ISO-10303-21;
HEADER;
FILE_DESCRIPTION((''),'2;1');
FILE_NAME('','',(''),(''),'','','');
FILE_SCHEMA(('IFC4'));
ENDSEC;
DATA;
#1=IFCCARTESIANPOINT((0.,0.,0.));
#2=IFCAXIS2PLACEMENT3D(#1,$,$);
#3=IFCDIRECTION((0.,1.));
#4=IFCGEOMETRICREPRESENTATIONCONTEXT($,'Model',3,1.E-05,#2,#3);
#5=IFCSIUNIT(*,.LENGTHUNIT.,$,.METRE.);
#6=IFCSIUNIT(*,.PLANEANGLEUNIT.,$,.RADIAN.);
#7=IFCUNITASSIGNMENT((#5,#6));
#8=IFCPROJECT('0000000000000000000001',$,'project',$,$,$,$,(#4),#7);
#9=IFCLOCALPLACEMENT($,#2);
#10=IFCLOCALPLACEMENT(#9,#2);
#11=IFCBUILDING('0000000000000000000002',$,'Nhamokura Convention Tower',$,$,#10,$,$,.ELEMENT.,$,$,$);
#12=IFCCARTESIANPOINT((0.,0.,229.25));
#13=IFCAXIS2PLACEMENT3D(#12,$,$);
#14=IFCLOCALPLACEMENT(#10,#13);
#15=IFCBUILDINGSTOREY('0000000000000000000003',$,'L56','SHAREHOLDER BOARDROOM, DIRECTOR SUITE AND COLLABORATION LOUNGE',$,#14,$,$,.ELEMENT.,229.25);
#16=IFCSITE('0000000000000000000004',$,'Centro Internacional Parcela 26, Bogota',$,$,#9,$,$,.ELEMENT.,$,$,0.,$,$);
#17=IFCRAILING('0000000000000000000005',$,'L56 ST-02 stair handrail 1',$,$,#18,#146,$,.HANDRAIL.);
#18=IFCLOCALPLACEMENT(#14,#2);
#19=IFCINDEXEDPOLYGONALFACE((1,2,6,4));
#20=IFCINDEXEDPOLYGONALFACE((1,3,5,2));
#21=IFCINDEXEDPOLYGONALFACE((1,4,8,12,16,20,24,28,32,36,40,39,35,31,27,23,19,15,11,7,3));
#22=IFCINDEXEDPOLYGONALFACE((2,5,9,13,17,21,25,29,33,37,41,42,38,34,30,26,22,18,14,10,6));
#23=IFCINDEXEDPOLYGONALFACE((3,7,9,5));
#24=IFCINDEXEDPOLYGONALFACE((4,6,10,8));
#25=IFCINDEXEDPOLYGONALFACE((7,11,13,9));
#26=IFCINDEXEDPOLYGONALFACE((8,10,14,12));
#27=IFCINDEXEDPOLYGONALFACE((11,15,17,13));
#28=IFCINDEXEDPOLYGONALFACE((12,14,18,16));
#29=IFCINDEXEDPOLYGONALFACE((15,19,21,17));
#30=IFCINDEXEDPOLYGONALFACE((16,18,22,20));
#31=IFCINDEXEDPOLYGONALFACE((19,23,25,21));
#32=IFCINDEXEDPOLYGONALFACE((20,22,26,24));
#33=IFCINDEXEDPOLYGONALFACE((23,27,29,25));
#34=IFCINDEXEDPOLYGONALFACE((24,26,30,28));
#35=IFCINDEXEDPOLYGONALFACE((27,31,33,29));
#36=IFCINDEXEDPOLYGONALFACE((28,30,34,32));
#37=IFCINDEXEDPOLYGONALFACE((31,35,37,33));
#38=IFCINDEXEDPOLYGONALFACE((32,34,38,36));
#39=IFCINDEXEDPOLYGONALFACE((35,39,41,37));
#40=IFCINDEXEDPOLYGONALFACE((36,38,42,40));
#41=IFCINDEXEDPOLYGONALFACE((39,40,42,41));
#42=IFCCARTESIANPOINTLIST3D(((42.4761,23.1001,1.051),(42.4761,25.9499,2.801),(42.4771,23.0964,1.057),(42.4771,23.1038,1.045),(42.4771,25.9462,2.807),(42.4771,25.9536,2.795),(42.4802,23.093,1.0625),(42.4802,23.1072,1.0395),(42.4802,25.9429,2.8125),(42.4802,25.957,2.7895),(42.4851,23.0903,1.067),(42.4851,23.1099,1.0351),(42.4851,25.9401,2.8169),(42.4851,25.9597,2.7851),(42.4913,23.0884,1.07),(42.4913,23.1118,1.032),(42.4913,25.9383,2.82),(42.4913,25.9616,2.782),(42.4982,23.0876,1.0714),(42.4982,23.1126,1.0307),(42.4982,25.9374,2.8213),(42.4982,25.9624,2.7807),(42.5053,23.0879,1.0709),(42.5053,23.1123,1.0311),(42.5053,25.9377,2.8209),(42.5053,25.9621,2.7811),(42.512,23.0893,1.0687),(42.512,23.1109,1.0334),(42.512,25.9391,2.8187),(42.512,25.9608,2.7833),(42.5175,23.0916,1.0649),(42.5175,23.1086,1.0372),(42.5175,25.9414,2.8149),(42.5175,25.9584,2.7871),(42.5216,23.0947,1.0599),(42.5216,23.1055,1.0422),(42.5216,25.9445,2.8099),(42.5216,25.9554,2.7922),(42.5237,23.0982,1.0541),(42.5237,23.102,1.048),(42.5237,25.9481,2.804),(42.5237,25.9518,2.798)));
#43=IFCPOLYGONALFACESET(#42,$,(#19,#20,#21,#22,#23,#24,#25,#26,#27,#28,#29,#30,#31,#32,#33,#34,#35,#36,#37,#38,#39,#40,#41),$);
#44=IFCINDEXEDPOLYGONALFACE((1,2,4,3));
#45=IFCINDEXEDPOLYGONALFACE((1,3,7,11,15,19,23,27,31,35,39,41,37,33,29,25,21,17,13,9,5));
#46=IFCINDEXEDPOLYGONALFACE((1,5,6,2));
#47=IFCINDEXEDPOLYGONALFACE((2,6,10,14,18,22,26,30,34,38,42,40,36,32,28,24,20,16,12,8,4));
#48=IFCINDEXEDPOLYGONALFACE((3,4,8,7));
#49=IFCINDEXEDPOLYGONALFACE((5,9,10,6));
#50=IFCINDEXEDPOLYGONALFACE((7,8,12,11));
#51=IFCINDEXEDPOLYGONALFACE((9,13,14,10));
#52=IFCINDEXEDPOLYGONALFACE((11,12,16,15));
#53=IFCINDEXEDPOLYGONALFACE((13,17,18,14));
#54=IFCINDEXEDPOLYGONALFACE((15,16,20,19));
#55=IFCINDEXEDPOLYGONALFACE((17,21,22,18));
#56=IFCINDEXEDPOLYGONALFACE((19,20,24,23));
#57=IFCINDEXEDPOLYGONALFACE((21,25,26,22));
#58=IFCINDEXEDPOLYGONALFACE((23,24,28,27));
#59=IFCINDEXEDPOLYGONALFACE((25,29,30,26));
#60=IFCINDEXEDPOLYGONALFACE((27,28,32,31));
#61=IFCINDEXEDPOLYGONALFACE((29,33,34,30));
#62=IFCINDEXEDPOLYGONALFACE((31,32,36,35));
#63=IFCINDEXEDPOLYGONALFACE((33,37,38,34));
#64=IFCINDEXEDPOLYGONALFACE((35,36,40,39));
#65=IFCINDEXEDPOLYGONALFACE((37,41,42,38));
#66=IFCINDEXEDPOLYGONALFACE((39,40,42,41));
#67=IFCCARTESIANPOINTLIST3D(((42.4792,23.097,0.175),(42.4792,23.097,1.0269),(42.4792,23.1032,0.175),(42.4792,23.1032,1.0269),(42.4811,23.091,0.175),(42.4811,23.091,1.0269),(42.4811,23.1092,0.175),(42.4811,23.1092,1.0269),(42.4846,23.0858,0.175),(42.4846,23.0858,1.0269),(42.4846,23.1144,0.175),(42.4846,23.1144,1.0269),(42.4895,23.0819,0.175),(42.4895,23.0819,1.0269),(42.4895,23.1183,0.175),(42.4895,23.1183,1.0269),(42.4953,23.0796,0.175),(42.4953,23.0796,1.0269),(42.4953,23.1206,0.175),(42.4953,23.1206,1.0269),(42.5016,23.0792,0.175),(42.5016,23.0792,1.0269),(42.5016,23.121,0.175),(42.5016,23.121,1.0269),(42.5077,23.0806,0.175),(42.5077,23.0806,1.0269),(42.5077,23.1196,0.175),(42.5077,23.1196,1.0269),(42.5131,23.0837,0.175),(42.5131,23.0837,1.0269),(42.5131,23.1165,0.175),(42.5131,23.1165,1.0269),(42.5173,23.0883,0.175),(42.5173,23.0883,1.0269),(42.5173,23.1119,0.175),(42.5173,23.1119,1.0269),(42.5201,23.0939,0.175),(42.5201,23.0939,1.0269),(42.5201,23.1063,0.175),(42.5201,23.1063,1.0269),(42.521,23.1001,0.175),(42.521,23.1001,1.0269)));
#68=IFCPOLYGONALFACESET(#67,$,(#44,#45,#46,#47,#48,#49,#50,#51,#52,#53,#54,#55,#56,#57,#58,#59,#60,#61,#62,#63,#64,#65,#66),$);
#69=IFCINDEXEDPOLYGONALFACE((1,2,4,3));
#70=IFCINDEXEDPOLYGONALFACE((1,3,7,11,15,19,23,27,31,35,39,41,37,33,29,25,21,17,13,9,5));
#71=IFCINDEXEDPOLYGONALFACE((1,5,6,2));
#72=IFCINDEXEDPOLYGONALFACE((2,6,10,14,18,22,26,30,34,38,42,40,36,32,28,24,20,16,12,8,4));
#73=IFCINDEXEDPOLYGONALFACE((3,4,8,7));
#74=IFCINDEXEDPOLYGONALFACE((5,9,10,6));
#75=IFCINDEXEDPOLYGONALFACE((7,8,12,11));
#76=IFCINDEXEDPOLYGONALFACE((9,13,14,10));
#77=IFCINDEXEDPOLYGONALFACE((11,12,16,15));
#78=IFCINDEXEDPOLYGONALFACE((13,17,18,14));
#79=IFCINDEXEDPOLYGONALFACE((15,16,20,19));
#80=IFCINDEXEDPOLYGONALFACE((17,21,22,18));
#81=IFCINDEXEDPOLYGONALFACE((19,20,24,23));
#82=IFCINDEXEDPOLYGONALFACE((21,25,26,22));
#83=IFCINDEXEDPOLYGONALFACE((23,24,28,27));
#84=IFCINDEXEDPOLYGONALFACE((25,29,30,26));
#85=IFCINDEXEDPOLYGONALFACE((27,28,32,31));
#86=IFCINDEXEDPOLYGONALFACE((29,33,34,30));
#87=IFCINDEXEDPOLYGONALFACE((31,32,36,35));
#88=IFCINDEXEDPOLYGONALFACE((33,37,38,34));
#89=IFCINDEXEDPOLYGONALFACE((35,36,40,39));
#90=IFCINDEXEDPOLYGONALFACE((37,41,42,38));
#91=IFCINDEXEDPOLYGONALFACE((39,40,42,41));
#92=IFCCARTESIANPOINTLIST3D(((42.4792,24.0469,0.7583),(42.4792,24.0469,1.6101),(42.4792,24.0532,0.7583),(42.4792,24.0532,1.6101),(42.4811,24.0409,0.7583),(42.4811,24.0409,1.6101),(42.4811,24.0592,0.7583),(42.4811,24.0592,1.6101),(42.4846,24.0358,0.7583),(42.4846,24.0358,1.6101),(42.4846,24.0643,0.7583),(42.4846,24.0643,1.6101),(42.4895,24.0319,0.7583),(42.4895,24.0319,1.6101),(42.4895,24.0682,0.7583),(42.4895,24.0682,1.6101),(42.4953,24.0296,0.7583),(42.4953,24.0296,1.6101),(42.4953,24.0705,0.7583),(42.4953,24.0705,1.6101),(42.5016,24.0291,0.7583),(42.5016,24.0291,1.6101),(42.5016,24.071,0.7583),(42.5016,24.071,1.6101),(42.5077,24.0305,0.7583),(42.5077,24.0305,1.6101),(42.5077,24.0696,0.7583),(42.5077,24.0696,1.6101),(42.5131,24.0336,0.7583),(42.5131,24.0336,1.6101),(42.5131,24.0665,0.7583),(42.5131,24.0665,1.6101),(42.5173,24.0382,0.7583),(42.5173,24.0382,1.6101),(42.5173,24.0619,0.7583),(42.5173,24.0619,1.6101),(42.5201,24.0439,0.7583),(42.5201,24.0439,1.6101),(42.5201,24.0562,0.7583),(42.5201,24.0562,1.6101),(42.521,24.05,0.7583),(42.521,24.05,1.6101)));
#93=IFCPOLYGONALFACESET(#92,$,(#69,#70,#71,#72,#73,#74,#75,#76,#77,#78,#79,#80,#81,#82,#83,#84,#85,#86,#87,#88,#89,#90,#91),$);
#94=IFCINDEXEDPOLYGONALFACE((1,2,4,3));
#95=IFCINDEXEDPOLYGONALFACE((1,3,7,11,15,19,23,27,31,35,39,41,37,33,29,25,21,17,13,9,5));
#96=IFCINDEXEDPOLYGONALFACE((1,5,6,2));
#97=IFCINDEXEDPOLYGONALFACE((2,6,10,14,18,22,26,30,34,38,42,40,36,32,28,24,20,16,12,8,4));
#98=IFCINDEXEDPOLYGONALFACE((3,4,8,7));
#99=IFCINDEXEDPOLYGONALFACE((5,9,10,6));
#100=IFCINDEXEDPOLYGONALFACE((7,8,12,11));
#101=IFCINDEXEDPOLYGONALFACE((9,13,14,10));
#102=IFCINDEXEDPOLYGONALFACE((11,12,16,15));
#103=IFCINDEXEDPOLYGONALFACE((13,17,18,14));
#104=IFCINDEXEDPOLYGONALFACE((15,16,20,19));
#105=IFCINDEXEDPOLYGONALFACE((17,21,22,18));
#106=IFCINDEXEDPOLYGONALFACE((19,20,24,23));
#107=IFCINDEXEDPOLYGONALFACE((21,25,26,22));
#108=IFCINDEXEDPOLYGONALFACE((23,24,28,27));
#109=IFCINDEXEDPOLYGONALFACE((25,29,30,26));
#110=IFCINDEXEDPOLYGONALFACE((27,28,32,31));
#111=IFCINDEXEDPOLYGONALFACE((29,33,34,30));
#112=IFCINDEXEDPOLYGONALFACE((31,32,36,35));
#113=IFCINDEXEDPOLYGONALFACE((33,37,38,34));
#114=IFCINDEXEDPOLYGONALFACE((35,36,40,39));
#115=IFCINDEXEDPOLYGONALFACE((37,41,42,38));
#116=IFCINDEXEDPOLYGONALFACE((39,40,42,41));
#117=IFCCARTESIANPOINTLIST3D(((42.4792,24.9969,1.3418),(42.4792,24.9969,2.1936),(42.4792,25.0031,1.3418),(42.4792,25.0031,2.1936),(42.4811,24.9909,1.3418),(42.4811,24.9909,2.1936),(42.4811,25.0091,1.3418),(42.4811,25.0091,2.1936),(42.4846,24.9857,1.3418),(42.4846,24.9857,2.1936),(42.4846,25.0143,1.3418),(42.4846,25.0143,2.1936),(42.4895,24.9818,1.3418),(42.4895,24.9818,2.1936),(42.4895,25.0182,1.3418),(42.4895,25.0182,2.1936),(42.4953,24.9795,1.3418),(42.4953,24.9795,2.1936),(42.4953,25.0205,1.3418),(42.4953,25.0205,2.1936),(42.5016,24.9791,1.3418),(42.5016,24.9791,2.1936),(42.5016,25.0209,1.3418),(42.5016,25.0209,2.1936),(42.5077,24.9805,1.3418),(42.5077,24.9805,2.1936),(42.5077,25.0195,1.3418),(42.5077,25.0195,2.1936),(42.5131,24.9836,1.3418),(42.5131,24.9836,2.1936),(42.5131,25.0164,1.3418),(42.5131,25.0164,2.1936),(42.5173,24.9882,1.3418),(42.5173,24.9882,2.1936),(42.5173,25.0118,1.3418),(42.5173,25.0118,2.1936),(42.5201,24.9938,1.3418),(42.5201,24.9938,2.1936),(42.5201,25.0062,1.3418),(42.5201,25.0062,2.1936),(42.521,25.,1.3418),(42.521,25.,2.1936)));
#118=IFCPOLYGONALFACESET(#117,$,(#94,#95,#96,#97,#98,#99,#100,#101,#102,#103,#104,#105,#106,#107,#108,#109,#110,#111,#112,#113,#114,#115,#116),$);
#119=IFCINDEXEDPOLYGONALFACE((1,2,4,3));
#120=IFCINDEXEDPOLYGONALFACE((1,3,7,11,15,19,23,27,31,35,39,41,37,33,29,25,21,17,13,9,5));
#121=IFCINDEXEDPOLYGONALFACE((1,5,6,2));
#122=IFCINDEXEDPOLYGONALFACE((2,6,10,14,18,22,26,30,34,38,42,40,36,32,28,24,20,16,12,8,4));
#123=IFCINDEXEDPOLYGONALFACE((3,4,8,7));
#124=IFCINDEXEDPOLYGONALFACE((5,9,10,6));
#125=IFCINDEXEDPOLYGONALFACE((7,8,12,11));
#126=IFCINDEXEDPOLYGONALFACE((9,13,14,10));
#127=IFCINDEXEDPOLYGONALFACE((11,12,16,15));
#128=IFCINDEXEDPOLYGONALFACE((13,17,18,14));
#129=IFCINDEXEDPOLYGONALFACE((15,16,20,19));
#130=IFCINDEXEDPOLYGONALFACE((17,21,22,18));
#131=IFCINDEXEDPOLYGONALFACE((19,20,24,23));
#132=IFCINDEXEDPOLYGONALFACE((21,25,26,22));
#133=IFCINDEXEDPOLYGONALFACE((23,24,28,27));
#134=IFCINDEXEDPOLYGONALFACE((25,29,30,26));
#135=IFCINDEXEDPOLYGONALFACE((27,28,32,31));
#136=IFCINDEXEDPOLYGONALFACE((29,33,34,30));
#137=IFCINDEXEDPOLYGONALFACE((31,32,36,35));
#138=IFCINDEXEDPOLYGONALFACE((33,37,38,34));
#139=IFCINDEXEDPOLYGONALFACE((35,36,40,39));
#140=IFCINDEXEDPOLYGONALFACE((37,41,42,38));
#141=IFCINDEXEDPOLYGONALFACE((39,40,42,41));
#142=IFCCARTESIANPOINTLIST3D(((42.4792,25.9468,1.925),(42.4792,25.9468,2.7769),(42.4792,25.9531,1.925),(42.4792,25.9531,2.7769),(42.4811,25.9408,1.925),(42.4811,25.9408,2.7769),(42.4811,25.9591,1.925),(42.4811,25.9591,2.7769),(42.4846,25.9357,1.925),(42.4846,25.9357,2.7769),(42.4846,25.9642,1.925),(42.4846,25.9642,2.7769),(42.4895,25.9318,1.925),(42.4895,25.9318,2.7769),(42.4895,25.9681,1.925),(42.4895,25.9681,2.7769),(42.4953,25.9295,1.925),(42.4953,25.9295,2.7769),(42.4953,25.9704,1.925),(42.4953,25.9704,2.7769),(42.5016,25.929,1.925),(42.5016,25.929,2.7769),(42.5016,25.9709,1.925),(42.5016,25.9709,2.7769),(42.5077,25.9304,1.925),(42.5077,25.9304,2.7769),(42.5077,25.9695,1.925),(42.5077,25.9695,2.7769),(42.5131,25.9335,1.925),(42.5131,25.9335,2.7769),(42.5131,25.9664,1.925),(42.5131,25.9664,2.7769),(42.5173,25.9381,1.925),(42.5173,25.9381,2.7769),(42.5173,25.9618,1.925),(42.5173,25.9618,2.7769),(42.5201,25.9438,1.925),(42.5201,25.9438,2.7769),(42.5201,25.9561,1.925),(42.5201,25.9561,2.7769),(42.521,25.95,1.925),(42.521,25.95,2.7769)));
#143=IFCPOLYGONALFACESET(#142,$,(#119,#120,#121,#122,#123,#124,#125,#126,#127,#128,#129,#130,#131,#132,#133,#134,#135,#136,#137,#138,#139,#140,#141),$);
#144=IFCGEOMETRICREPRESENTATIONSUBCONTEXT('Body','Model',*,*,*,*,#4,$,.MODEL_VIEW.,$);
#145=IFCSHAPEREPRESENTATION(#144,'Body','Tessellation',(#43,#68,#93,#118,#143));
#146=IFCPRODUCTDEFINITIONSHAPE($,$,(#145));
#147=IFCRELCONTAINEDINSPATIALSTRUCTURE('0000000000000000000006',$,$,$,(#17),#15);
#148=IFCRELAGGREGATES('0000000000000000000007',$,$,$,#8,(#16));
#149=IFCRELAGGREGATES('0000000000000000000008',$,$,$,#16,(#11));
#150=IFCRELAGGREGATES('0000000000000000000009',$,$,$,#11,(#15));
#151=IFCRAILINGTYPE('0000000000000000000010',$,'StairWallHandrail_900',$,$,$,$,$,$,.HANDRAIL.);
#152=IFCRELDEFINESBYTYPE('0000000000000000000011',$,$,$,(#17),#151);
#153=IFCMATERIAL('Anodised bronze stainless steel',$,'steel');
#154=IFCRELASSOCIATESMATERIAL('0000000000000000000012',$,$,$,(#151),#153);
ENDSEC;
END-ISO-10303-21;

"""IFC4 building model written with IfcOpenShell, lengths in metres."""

from ifc_helpers import new_model, si_unit, direction, frame, origin, origin_2d, place, context, subcontext, project, spatial, circle, extrude, material, type_object, element, save


model = new_model("IFC4")

# Units and contexts
model_context = context("Model", 3, precision=1e-05, world=origin(), true_north=direction((0.0, 1.0)))
body_context = subcontext(model_context, "Body", "Model", "MODEL_VIEW")
ifc_project = project(units=[si_unit("LENGTHUNIT", "METRE"), si_unit("PLANEANGLEUNIT", "RADIAN")], contexts=[model_context])

# Site, building, storey
site_placement = place(None, origin())
site = spatial("IfcSite", under=ifc_project, at=site_placement, Name="Centro Internacional Parcela 26, Bogota", CompositionType="ELEMENT", RefElevation=0.0)
building_placement = place(site_placement, origin())
building = spatial("IfcBuilding", under=site, at=building_placement, Name="Nhamokura Convention Tower", CompositionType="ELEMENT")
storey_placement = place(building_placement, frame((0.0, 0.0, 229.25)))
storey = spatial("IfcBuildingStorey", under=building, at=storey_placement, Name="L56", Description="SHAREHOLDER BOARDROOM, DIRECTOR SUITE AND COLLABORATION LOUNGE", CompositionType="ELEMENT", Elevation=229.25)

# Railing
ifc_material_1 = material(Name="Anodised bronze stainless steel", Category="steel")
railing_type_1 = type_object("IfcRailingType", Name="StairWallHandrail_900", PredefinedType="HANDRAIL", material=ifc_material_1)
railing_1_placement = place(storey_placement, frame((42.5, 23.1001, 0.175)))
element("IfcRailing", 1, at=railing_1_placement, inside=storey, type_object=railing_type_1, Name="L56 ST-02 stair handrail 1", PredefinedType="HANDRAIL", context=body_context, shape_type="SweptSolid", body=[
    extrude(circle(Radius=0.0239, at=origin_2d()), frame((0.0, 0.0, 0.876), z_axis=(0.0, 0.852159, 0.523283), x_axis=(-1.0, 0.0, 0.0)), (0.0, 0.0, 1.0), 3.3442),
    extrude(circle(Radius=0.021, at=origin_2d()), origin(), (0.0, 0.0, 1.0), 0.8518),
    extrude(circle(Radius=0.021, at=origin_2d()), frame((0.0, 0.95, 0.5833)), (0.0, 0.0, 1.0), 0.8518),
    extrude(circle(Radius=0.021, at=origin_2d()), frame((0.0, 1.8999, 1.1667)), (0.0, 0.0, 1.0), 0.8518),
    extrude(circle(Radius=0.021, at=origin_2d()), frame((0.0, 2.8499, 1.75)), (0.0, 0.0, 1.0), 0.8518),
])

save(model, "model.ifc")
